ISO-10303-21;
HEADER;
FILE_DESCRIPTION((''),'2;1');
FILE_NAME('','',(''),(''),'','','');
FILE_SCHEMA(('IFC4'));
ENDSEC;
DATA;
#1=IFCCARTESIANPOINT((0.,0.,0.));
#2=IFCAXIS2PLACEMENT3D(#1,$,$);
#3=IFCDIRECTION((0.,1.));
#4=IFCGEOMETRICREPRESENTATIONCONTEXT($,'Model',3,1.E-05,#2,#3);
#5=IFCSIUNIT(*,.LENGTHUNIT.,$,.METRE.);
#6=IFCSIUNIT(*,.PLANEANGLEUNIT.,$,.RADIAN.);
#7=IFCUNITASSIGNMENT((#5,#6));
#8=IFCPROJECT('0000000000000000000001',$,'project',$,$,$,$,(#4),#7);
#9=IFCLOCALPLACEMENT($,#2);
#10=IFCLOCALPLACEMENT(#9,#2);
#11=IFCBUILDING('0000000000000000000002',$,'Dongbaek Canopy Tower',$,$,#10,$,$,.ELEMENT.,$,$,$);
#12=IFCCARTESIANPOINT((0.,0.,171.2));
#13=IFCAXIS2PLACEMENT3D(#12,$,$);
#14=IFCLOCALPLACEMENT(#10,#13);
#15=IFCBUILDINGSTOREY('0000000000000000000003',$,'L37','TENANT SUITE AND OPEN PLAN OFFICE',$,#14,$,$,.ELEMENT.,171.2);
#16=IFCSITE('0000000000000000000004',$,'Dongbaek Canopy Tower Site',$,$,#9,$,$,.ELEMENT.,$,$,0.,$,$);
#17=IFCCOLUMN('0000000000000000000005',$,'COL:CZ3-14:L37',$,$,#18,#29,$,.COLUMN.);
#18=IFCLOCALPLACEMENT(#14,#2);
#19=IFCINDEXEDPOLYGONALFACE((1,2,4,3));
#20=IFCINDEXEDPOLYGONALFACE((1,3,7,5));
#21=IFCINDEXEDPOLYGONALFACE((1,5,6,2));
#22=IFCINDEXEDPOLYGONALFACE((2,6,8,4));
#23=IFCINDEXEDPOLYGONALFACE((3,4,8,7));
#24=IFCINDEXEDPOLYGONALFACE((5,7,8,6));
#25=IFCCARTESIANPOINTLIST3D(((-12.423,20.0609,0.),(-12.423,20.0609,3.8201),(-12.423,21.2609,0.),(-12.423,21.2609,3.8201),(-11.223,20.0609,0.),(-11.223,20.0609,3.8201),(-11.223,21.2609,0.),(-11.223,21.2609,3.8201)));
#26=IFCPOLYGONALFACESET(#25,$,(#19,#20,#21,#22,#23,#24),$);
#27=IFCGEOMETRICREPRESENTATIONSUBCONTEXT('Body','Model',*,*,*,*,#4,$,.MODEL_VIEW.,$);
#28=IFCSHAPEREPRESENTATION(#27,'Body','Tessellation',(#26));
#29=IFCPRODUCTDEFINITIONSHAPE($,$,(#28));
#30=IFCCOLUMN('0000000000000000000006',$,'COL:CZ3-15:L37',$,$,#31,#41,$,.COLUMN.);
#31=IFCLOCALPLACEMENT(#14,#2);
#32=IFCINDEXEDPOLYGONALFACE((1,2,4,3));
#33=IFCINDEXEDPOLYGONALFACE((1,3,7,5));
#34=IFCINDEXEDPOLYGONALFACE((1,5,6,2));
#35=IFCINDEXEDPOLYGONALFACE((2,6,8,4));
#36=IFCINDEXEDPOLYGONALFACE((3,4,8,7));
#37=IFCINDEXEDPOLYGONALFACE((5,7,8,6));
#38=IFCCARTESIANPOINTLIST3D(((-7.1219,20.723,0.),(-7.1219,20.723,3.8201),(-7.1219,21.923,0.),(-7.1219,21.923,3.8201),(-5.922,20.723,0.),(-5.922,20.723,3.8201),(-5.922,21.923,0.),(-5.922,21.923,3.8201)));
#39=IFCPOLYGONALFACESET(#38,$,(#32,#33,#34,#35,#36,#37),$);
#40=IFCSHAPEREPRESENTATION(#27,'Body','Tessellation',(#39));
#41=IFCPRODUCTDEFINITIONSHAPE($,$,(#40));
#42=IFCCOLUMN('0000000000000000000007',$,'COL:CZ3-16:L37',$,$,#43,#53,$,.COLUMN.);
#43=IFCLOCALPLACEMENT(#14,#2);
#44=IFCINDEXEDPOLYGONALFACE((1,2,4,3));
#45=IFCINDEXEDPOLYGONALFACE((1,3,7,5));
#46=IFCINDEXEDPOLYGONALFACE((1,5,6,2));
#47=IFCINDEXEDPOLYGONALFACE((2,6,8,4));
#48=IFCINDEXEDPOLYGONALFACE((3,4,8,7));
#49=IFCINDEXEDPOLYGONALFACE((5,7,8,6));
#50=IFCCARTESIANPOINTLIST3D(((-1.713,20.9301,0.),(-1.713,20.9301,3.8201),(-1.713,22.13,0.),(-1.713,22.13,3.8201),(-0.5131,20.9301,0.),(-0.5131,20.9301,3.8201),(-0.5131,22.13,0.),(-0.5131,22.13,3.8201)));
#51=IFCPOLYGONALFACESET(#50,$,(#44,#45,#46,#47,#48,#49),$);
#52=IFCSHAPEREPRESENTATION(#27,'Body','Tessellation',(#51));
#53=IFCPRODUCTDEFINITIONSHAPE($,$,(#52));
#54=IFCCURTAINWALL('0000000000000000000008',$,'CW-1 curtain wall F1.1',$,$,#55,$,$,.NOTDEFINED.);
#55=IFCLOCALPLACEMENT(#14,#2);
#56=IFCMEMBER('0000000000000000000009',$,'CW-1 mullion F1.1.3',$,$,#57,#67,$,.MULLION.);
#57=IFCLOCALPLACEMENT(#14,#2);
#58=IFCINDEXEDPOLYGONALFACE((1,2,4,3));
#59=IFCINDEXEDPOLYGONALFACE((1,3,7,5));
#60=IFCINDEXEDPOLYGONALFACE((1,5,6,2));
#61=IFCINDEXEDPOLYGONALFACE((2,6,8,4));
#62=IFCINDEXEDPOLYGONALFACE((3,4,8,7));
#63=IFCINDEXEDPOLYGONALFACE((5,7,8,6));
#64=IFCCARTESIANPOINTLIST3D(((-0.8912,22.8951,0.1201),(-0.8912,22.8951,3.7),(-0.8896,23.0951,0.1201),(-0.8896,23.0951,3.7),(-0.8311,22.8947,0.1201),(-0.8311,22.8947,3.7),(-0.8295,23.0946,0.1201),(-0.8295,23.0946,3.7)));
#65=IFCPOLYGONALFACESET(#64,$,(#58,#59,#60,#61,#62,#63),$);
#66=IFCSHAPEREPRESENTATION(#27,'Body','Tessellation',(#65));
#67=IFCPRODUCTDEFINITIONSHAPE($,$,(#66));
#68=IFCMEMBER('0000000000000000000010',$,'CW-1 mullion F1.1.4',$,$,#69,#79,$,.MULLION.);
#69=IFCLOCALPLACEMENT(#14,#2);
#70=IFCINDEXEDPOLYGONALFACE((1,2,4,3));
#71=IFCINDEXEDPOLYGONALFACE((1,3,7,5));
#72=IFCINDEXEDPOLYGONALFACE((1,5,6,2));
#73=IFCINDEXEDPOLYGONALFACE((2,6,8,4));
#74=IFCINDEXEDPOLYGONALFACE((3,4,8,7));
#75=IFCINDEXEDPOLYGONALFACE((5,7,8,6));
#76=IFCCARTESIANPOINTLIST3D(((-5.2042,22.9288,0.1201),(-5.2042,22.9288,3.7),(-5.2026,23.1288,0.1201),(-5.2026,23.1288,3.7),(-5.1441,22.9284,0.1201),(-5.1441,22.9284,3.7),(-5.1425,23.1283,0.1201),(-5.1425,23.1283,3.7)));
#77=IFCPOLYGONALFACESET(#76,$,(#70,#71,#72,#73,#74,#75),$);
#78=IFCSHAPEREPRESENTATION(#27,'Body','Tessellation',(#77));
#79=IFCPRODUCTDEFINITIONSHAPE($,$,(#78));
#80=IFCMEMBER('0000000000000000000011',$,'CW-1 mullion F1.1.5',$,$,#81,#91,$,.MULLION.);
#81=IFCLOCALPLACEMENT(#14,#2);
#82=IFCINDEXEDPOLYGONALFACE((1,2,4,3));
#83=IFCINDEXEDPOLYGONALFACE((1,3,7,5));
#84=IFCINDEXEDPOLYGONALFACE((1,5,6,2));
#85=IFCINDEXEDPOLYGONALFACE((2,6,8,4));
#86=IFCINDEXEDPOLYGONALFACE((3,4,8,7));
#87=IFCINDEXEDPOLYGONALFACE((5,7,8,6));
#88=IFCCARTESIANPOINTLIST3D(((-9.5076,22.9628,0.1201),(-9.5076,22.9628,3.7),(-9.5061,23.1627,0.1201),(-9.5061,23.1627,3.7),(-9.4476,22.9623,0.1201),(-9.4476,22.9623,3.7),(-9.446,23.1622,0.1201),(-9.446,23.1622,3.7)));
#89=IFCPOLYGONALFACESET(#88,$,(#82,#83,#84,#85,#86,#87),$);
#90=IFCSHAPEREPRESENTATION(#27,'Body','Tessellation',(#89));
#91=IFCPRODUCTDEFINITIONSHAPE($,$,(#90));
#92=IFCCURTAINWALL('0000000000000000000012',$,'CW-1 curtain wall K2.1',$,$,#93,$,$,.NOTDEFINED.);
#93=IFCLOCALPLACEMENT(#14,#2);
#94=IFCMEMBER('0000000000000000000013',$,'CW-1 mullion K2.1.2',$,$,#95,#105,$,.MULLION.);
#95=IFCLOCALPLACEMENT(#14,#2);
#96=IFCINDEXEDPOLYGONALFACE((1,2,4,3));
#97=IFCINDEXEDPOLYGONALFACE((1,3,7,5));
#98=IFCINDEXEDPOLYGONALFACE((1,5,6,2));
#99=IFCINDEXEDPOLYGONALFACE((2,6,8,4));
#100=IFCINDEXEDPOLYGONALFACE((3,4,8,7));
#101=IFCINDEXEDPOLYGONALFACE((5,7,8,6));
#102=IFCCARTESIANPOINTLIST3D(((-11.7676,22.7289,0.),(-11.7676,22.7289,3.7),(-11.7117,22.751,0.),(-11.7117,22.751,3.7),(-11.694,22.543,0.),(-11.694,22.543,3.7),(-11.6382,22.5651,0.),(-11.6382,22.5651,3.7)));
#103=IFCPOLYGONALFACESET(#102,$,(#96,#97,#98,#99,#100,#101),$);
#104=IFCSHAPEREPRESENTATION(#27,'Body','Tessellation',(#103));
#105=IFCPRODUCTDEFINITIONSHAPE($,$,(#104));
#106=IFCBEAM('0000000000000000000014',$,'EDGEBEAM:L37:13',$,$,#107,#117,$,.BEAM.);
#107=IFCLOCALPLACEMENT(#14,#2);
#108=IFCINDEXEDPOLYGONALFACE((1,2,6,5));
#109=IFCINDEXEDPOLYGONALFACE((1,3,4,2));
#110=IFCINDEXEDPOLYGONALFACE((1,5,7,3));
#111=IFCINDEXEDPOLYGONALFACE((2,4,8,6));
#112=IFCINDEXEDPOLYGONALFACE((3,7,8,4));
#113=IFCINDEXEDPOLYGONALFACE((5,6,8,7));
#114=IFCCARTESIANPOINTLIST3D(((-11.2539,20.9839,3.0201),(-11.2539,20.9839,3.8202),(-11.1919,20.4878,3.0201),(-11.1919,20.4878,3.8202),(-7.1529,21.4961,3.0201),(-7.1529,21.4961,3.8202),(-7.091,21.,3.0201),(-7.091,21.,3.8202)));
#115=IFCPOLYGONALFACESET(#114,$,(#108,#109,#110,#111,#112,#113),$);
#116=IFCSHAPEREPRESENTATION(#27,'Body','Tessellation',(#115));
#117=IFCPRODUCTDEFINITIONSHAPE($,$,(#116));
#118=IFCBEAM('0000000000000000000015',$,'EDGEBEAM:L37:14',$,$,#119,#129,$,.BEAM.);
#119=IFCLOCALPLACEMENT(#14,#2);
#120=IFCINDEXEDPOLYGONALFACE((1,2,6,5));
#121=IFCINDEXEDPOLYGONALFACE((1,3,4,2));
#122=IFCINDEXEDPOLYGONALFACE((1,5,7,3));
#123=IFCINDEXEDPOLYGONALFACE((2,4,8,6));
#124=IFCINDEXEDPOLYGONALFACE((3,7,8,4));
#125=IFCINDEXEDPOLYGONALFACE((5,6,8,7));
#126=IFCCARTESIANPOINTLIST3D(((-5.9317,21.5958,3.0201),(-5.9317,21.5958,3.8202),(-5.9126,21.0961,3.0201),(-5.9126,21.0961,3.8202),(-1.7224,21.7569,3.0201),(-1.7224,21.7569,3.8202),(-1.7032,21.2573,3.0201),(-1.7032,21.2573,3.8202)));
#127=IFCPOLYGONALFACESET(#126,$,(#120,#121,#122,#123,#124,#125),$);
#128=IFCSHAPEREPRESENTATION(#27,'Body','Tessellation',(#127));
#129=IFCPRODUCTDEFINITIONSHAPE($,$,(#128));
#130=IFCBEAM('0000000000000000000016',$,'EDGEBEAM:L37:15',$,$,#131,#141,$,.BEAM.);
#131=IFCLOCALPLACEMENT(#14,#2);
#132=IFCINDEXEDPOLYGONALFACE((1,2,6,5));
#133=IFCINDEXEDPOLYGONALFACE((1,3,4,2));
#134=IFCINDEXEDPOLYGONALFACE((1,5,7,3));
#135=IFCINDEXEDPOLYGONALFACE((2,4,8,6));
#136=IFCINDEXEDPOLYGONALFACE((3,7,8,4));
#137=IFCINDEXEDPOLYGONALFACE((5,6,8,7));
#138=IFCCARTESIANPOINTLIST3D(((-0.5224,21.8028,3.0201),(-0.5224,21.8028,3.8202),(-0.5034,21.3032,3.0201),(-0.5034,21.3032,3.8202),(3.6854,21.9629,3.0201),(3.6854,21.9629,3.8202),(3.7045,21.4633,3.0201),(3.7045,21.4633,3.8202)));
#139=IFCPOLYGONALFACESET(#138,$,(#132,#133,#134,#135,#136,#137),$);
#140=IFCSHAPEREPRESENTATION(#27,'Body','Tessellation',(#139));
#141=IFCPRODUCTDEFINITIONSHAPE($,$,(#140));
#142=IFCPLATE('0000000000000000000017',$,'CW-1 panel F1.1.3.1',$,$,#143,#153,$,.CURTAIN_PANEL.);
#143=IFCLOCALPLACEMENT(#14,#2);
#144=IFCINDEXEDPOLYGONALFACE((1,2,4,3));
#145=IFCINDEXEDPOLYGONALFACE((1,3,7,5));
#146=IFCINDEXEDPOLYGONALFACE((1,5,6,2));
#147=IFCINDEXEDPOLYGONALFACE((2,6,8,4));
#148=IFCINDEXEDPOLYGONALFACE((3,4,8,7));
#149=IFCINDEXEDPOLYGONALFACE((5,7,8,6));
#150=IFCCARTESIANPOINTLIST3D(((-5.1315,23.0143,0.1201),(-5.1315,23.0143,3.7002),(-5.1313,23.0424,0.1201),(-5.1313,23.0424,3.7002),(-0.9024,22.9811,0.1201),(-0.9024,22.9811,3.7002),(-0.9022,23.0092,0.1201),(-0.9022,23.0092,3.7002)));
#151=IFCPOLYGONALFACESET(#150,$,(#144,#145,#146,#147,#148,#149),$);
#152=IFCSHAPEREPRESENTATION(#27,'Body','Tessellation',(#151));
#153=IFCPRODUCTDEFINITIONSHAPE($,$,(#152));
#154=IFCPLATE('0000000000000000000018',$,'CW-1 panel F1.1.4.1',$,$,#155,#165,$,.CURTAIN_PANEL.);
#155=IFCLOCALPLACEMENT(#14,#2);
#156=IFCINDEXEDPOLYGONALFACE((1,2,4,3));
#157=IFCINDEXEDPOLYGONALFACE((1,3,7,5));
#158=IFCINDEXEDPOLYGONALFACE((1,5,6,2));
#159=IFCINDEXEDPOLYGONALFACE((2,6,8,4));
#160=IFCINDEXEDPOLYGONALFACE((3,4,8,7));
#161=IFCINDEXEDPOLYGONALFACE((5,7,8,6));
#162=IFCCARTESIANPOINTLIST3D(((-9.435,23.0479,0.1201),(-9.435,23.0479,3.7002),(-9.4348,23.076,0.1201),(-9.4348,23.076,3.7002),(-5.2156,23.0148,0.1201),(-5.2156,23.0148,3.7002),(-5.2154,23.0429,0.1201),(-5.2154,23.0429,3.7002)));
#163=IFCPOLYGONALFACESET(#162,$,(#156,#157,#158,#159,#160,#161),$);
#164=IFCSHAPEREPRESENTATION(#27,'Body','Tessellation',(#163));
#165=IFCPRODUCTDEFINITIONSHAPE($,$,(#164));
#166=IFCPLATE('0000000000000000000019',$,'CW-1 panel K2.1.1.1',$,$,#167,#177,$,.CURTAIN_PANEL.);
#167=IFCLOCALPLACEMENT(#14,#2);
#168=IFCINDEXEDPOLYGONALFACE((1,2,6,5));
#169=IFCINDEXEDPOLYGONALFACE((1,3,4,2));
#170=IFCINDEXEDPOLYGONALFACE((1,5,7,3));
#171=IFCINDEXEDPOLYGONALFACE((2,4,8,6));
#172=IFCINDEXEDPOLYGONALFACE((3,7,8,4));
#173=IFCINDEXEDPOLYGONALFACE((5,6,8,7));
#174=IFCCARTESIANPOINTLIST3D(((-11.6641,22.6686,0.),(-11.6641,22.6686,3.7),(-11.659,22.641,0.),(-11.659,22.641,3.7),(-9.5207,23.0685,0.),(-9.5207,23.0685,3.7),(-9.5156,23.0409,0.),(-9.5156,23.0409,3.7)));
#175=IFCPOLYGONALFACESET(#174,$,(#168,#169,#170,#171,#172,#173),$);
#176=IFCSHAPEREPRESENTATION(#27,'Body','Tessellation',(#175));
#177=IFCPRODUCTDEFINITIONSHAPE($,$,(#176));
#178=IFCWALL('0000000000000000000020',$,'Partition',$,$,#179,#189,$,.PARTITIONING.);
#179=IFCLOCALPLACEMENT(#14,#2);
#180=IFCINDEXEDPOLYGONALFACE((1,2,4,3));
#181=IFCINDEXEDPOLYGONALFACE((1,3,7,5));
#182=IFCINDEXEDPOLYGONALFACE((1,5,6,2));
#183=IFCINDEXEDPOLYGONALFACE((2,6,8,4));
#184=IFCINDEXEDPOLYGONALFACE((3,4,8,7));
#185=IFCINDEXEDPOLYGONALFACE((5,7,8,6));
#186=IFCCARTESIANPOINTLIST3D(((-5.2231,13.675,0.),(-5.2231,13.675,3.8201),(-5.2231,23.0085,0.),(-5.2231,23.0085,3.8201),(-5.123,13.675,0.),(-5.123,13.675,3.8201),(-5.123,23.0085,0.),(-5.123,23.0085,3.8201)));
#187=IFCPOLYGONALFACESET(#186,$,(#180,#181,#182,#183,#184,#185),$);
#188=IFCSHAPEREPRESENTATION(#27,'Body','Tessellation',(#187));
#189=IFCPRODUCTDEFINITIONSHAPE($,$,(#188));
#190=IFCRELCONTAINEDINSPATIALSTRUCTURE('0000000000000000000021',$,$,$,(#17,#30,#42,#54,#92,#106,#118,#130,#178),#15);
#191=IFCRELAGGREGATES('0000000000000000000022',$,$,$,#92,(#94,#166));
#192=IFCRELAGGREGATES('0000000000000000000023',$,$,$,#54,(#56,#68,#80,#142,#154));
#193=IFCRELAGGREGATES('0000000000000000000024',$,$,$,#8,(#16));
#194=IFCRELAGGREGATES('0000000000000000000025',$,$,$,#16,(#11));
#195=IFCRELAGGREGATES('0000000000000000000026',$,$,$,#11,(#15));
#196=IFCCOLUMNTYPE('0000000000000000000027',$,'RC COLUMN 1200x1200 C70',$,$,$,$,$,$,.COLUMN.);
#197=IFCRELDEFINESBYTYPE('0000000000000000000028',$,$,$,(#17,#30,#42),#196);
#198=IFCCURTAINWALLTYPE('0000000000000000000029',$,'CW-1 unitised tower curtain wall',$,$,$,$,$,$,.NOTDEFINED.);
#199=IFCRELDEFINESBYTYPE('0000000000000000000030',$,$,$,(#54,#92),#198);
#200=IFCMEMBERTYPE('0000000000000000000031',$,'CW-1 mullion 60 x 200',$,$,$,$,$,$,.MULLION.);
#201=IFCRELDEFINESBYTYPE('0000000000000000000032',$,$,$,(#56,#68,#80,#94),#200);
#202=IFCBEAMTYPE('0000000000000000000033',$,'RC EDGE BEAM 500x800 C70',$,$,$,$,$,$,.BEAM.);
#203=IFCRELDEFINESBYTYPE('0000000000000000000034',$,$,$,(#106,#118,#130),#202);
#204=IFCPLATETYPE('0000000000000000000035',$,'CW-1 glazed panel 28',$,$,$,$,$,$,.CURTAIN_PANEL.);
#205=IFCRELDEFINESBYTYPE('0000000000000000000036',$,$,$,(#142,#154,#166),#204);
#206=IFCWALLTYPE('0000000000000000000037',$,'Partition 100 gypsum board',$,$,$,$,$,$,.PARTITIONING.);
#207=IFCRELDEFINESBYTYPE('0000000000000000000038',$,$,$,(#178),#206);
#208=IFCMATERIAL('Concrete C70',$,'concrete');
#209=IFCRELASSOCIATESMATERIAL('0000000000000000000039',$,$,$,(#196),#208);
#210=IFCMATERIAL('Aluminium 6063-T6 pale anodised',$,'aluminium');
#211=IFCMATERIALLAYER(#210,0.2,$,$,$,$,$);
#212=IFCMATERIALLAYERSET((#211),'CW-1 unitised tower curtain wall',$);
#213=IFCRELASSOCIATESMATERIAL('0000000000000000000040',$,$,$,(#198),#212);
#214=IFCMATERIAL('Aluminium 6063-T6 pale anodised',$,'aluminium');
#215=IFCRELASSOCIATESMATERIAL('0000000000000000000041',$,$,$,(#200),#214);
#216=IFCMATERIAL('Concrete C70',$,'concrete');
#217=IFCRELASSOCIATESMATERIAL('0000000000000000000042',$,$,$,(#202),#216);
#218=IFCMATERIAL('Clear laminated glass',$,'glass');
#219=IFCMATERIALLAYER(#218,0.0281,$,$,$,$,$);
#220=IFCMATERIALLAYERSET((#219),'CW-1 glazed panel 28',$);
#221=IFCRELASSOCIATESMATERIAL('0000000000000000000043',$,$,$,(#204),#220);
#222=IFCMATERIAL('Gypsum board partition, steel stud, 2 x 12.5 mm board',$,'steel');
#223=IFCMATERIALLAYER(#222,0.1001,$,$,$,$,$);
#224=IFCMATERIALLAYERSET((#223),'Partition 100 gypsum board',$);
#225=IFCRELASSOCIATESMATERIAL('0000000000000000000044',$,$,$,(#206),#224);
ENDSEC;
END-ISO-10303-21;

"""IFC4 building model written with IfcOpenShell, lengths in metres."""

from ifc_helpers import new_model, si_unit, direction, frame, frame_2d, origin, origin_2d, place, context, subcontext, project, spatial, rectangle, extrude, material, layer, layer_set, material_profile, profile_set, type_object, element, aggregate, save


model = new_model("IFC4")

# Units and contexts
model_context = context("Model", 3, precision=1e-05, world=origin(), true_north=direction((0.0, 1.0)))
body_context = subcontext(model_context, "Body", "Model", "MODEL_VIEW")
ifc_project = project(units=[si_unit("LENGTHUNIT", "METRE"), si_unit("PLANEANGLEUNIT", "RADIAN")], contexts=[model_context])

# Site, building, storey
site_placement = place(None, origin())
site = spatial("IfcSite", under=ifc_project, at=site_placement, Name="Dongbaek Canopy Tower Site", CompositionType="ELEMENT", RefElevation=0.0)
building_placement = place(site_placement, origin())
building = spatial("IfcBuilding", under=site, at=building_placement, Name="Dongbaek Canopy Tower", CompositionType="ELEMENT")
storey_placement = place(building_placement, frame((0.0, 0.0, 171.2)))
storey = spatial("IfcBuildingStorey", under=building, at=storey_placement, Name="L37", Description="TENANT SUITE AND OPEN PLAN OFFICE", CompositionType="ELEMENT", Elevation=171.2)

# Columns
ifc_material_1 = material(Name="Concrete C70", Category="concrete")
ifc_material_profile_1 = material_profile(ifc_material_1, rectangle(XDim=1.2, YDim=1.2, at=origin_2d()), Name="RC COLUMN 1200x1200 C70")
ifc_profile_set_1 = profile_set([ifc_material_profile_1], Name="Concrete C70")
column_type = type_object("IfcColumnType", Name="RC COLUMN 1200x1200 C70", PredefinedType="COLUMN", material=ifc_profile_set_1)
for number, where, z_axis, x_axis, name in (
    (1, (-11.823, 20.6609, 0.0), (0.0, 0.0, 1.0), (1.0, 0.0, 0.0), "COL:CZ3-14:L37"),
    (2, (-6.522, 21.323, 0.0), (0.0, 0.0, 1.0), (1.0, 0.0, 0.0), "COL:CZ3-15:L37"),
    (3, (-1.113, 21.53, 0.0), (0.0, 0.0, 1.0), (1.0, 0.0, 0.0), "COL:CZ3-16:L37"),
):
    element("IfcColumn", number, at=place(storey_placement, frame(where, z_axis=z_axis, x_axis=x_axis)), inside=storey, type_object=column_type, Name=name, PredefinedType="COLUMN", context=body_context, shape_type="SweptSolid", body=[
        extrude(rectangle(XDim=1.2, YDim=1.2, at=origin_2d()), origin(), (0.0, 0.0, 1.0), 3.8201),
    ])

# Curtain wall, members
ifc_material_2 = material(Name="Aluminium 6063-T6 pale anodised", Category="aluminium")
ifc_layer_1 = layer(ifc_material_2, 0.2)
ifc_layer_set_1 = layer_set([ifc_layer_1], Name="CW-1 unitised tower curtain wall")
curtain_wall_type = type_object("IfcCurtainWallType", Name="CW-1 unitised tower curtain wall", PredefinedType="NOTDEFINED", material=ifc_layer_set_1)
curtain_wall_1_placement = place(storey_placement, origin())
curtain_wall_1 = element("IfcCurtainWall", 4, at=curtain_wall_1_placement, inside=storey, type_object=curtain_wall_type, Name="CW-1 curtain wall F1.1", PredefinedType="NOTDEFINED")
ifc_material_3 = material(Name="Aluminium 6063-T6 pale anodised", Category="aluminium")
ifc_material_profile_2 = material_profile(ifc_material_3, rectangle(XDim=0.2, YDim=0.0601, at=origin_2d()), Name="CW-1 mullion 60 x 200")
ifc_profile_set_2 = profile_set([ifc_material_profile_2], Name="Aluminium 6063-T6 pale anodised")
member_type = type_object("IfcMemberType", Name="CW-1 mullion 60 x 200", PredefinedType="MULLION", material=ifc_profile_set_2)
member_1_placement = place(storey_placement, frame((-0.8604, 22.9949, 0.1201), z_axis=(0.0, 0.0, 1.0), x_axis=(0.007847, 0.999969, 0.0)))
member_1 = element("IfcMember", 5, at=member_1_placement, type_object=member_type, Name="CW-1 mullion F1.1.3", PredefinedType="MULLION", context=body_context, shape_type="SweptSolid", body=[
    extrude(rectangle(XDim=0.2, YDim=0.0601, at=origin_2d()), origin(), (0.0, 0.0, 1.0), 3.5798),
])
member_2_placement = place(storey_placement, frame((-5.1733, 23.0286, 0.1201), z_axis=(0.0, 0.0, 1.0), x_axis=(0.007847, 0.999969, 0.0)))
member_2 = element("IfcMember", 6, at=member_2_placement, type_object=member_type, Name="CW-1 mullion F1.1.4", PredefinedType="MULLION", context=body_context, shape_type="SweptSolid", body=[
    extrude(rectangle(XDim=0.2, YDim=0.0601, at=origin_2d()), origin(), (0.0, 0.0, 1.0), 3.5798),
])
member_3_placement = place(storey_placement, frame((-9.4768, 23.0625, 0.1201), z_axis=(0.0, 0.0, 1.0), x_axis=(0.007847, 0.999969, 0.0)))
member_3 = element("IfcMember", 7, at=member_3_placement, type_object=member_type, Name="CW-1 mullion F1.1.5", PredefinedType="MULLION", context=body_context, shape_type="SweptSolid", body=[
    extrude(rectangle(XDim=0.2, YDim=0.0601, at=origin_2d()), origin(), (0.0, 0.0, 1.0), 3.5798),
])

# Curtain wall, member
curtain_wall_2_placement = place(storey_placement, origin())
curtain_wall_2 = element("IfcCurtainWall", 8, at=curtain_wall_2_placement, inside=storey, type_object=curtain_wall_type, Name="CW-1 curtain wall K2.1", PredefinedType="NOTDEFINED")
member_4_placement = place(storey_placement, frame((-11.7029, 22.647, 0.0), z_axis=(0.0, 0.0, 1.0), x_axis=(-0.367936, 0.929851, 0.0)))
member_4 = element("IfcMember", 9, at=member_4_placement, type_object=member_type, Name="CW-1 mullion K2.1.2", PredefinedType="MULLION", context=body_context, shape_type="SweptSolid", body=[
    extrude(rectangle(XDim=0.2, YDim=0.0601, at=origin_2d()), origin(), (0.0, 0.0, 1.0), 3.7),
])

# Beams
ifc_material_4 = material(Name="Concrete C70", Category="concrete")
ifc_material_profile_3 = material_profile(ifc_material_4, rectangle(XDim=0.5, YDim=0.8, at=origin_2d()), Name="RC EDGE BEAM 500x800 C70")
ifc_profile_set_3 = profile_set([ifc_material_profile_3], Name="Concrete C70")
beam_type = type_object("IfcBeamType", Name="RC EDGE BEAM 500x800 C70", PredefinedType="BEAM", material=ifc_profile_set_3)
beam_1_placement = place(storey_placement, frame((-11.2229, 20.7358, 3.4202), z_axis=(0.99229, 0.12394, 0.0), x_axis=(-0.12394, 0.99229, 0.0)))
element("IfcBeam", 10, at=beam_1_placement, inside=storey, type_object=beam_type, Name="EDGEBEAM:L37:13", PredefinedType="BEAM", context=body_context, shape_type="SweptSolid", body=[
    extrude(rectangle(XDim=0.5, YDim=0.8, at=origin_2d()), origin(), (0.0, 0.0, 1.0), 4.1328),
])
beam_2_placement = place(storey_placement, frame((-5.9221, 21.3459, 3.4202), z_axis=(0.999268, 0.038253, 0.0), x_axis=(-0.038253, 0.999268, 0.0)))
element("IfcBeam", 11, at=beam_2_placement, inside=storey, type_object=beam_type, Name="EDGEBEAM:L37:14", PredefinedType="BEAM", context=body_context, shape_type="SweptSolid", body=[
    extrude(rectangle(XDim=0.5, YDim=0.8, at=origin_2d()), origin(), (0.0, 0.0, 1.0), 4.2124),
])
beam_3_placement = place(storey_placement, frame((-0.5129, 21.553, 3.4202), z_axis=(0.999277, 0.038032, 0.0), x_axis=(-0.038032, 0.999277, 0.0)))
element("IfcBeam", 12, at=beam_3_placement, inside=storey, type_object=beam_type, Name="EDGEBEAM:L37:15", PredefinedType="BEAM", context=body_context, shape_type="SweptSolid", body=[
    extrude(rectangle(XDim=0.5, YDim=0.8, at=origin_2d()), origin(), (0.0, 0.0, 1.0), 4.2109),
])

# Plates
ifc_material_5 = material(Name="Clear laminated glass", Category="glass")
ifc_layer_2 = layer(ifc_material_5, 0.0281)
ifc_layer_set_2 = layer_set([ifc_layer_2], Name="CW-1 glazed panel 28")
plate_type = type_object("IfcPlateType", Name="CW-1 glazed panel 28", PredefinedType="CURTAIN_PANEL", material=ifc_layer_set_2)
plate_1_placement = place(storey_placement, frame((-3.0168, 23.0117, 0.1201), z_axis=(0.0, 0.0, 1.0), x_axis=(-0.999969, 0.007847, 0.0)))
plate_1 = element("IfcPlate", 13, at=plate_1_placement, type_object=plate_type, Name="CW-1 panel F1.1.3.1", PredefinedType="CURTAIN_PANEL", context=body_context, shape_type="SweptSolid", body=[
    extrude(rectangle(XDim=4.2292, YDim=0.0281, at=origin_2d()), origin(), (0.0, 0.0, 1.0), 3.5801),
])
plate_2_placement = place(storey_placement, frame((-7.3252, 23.0454, 0.1201), z_axis=(0.0, 0.0, 1.0), x_axis=(-0.999969, 0.007847, 0.0)))
plate_2 = element("IfcPlate", 14, at=plate_2_placement, type_object=plate_type, Name="CW-1 panel F1.1.4.1", PredefinedType="CURTAIN_PANEL", context=body_context, shape_type="SweptSolid", body=[
    extrude(rectangle(XDim=4.2195, YDim=0.0281, at=origin_2d()), origin(), (0.0, 0.0, 1.0), 3.5801),
])
plate_3_placement = place(storey_placement, frame((-10.5898, 22.8547, 0.0), z_axis=(0.0, 0.0, 1.0), x_axis=(-0.983033, -0.183426, 0.0)))
plate_3 = element("IfcPlate", 15, at=plate_3_placement, type_object=plate_type, Name="CW-1 panel K2.1.1.1", PredefinedType="CURTAIN_PANEL", context=body_context, shape_type="SweptSolid", body=[
    extrude(rectangle(XDim=2.1804, YDim=0.0281, at=origin_2d()), origin(), (0.0, 0.0, 1.0), 3.7),
])
aggregate(curtain_wall_2, [member_4, plate_3])

# Wall
ifc_material_6 = material(Name="Gypsum board partition, steel stud, 2 x 12.5 mm board", Category="steel")
ifc_layer_3 = layer(ifc_material_6, 0.1001)
ifc_layer_set_3 = layer_set([ifc_layer_3], Name="Partition 100 gypsum board")
wall_type = type_object("IfcWallType", Name="Partition 100 gypsum board", PredefinedType="PARTITIONING", material=ifc_layer_set_3)
wall_placement = place(storey_placement, frame((-5.1731, 13.675, 0.0), z_axis=(0.0, 0.0, 1.0), x_axis=(0.0, 1.0, 0.0)))
element("IfcWall", 16, at=wall_placement, inside=storey, type_object=wall_type, Name="Partition", PredefinedType="PARTITIONING", context=body_context, shape_type="SweptSolid", body=[
    extrude(rectangle(XDim=9.3335, YDim=0.1001, at=frame_2d((4.6667, 0.0))), origin(), (0.0, 0.0, 1.0), 3.8201),
])

aggregate(curtain_wall_1, [member_1, member_2, member_3, plate_1, plate_2])

save(model, "model.ifc")
